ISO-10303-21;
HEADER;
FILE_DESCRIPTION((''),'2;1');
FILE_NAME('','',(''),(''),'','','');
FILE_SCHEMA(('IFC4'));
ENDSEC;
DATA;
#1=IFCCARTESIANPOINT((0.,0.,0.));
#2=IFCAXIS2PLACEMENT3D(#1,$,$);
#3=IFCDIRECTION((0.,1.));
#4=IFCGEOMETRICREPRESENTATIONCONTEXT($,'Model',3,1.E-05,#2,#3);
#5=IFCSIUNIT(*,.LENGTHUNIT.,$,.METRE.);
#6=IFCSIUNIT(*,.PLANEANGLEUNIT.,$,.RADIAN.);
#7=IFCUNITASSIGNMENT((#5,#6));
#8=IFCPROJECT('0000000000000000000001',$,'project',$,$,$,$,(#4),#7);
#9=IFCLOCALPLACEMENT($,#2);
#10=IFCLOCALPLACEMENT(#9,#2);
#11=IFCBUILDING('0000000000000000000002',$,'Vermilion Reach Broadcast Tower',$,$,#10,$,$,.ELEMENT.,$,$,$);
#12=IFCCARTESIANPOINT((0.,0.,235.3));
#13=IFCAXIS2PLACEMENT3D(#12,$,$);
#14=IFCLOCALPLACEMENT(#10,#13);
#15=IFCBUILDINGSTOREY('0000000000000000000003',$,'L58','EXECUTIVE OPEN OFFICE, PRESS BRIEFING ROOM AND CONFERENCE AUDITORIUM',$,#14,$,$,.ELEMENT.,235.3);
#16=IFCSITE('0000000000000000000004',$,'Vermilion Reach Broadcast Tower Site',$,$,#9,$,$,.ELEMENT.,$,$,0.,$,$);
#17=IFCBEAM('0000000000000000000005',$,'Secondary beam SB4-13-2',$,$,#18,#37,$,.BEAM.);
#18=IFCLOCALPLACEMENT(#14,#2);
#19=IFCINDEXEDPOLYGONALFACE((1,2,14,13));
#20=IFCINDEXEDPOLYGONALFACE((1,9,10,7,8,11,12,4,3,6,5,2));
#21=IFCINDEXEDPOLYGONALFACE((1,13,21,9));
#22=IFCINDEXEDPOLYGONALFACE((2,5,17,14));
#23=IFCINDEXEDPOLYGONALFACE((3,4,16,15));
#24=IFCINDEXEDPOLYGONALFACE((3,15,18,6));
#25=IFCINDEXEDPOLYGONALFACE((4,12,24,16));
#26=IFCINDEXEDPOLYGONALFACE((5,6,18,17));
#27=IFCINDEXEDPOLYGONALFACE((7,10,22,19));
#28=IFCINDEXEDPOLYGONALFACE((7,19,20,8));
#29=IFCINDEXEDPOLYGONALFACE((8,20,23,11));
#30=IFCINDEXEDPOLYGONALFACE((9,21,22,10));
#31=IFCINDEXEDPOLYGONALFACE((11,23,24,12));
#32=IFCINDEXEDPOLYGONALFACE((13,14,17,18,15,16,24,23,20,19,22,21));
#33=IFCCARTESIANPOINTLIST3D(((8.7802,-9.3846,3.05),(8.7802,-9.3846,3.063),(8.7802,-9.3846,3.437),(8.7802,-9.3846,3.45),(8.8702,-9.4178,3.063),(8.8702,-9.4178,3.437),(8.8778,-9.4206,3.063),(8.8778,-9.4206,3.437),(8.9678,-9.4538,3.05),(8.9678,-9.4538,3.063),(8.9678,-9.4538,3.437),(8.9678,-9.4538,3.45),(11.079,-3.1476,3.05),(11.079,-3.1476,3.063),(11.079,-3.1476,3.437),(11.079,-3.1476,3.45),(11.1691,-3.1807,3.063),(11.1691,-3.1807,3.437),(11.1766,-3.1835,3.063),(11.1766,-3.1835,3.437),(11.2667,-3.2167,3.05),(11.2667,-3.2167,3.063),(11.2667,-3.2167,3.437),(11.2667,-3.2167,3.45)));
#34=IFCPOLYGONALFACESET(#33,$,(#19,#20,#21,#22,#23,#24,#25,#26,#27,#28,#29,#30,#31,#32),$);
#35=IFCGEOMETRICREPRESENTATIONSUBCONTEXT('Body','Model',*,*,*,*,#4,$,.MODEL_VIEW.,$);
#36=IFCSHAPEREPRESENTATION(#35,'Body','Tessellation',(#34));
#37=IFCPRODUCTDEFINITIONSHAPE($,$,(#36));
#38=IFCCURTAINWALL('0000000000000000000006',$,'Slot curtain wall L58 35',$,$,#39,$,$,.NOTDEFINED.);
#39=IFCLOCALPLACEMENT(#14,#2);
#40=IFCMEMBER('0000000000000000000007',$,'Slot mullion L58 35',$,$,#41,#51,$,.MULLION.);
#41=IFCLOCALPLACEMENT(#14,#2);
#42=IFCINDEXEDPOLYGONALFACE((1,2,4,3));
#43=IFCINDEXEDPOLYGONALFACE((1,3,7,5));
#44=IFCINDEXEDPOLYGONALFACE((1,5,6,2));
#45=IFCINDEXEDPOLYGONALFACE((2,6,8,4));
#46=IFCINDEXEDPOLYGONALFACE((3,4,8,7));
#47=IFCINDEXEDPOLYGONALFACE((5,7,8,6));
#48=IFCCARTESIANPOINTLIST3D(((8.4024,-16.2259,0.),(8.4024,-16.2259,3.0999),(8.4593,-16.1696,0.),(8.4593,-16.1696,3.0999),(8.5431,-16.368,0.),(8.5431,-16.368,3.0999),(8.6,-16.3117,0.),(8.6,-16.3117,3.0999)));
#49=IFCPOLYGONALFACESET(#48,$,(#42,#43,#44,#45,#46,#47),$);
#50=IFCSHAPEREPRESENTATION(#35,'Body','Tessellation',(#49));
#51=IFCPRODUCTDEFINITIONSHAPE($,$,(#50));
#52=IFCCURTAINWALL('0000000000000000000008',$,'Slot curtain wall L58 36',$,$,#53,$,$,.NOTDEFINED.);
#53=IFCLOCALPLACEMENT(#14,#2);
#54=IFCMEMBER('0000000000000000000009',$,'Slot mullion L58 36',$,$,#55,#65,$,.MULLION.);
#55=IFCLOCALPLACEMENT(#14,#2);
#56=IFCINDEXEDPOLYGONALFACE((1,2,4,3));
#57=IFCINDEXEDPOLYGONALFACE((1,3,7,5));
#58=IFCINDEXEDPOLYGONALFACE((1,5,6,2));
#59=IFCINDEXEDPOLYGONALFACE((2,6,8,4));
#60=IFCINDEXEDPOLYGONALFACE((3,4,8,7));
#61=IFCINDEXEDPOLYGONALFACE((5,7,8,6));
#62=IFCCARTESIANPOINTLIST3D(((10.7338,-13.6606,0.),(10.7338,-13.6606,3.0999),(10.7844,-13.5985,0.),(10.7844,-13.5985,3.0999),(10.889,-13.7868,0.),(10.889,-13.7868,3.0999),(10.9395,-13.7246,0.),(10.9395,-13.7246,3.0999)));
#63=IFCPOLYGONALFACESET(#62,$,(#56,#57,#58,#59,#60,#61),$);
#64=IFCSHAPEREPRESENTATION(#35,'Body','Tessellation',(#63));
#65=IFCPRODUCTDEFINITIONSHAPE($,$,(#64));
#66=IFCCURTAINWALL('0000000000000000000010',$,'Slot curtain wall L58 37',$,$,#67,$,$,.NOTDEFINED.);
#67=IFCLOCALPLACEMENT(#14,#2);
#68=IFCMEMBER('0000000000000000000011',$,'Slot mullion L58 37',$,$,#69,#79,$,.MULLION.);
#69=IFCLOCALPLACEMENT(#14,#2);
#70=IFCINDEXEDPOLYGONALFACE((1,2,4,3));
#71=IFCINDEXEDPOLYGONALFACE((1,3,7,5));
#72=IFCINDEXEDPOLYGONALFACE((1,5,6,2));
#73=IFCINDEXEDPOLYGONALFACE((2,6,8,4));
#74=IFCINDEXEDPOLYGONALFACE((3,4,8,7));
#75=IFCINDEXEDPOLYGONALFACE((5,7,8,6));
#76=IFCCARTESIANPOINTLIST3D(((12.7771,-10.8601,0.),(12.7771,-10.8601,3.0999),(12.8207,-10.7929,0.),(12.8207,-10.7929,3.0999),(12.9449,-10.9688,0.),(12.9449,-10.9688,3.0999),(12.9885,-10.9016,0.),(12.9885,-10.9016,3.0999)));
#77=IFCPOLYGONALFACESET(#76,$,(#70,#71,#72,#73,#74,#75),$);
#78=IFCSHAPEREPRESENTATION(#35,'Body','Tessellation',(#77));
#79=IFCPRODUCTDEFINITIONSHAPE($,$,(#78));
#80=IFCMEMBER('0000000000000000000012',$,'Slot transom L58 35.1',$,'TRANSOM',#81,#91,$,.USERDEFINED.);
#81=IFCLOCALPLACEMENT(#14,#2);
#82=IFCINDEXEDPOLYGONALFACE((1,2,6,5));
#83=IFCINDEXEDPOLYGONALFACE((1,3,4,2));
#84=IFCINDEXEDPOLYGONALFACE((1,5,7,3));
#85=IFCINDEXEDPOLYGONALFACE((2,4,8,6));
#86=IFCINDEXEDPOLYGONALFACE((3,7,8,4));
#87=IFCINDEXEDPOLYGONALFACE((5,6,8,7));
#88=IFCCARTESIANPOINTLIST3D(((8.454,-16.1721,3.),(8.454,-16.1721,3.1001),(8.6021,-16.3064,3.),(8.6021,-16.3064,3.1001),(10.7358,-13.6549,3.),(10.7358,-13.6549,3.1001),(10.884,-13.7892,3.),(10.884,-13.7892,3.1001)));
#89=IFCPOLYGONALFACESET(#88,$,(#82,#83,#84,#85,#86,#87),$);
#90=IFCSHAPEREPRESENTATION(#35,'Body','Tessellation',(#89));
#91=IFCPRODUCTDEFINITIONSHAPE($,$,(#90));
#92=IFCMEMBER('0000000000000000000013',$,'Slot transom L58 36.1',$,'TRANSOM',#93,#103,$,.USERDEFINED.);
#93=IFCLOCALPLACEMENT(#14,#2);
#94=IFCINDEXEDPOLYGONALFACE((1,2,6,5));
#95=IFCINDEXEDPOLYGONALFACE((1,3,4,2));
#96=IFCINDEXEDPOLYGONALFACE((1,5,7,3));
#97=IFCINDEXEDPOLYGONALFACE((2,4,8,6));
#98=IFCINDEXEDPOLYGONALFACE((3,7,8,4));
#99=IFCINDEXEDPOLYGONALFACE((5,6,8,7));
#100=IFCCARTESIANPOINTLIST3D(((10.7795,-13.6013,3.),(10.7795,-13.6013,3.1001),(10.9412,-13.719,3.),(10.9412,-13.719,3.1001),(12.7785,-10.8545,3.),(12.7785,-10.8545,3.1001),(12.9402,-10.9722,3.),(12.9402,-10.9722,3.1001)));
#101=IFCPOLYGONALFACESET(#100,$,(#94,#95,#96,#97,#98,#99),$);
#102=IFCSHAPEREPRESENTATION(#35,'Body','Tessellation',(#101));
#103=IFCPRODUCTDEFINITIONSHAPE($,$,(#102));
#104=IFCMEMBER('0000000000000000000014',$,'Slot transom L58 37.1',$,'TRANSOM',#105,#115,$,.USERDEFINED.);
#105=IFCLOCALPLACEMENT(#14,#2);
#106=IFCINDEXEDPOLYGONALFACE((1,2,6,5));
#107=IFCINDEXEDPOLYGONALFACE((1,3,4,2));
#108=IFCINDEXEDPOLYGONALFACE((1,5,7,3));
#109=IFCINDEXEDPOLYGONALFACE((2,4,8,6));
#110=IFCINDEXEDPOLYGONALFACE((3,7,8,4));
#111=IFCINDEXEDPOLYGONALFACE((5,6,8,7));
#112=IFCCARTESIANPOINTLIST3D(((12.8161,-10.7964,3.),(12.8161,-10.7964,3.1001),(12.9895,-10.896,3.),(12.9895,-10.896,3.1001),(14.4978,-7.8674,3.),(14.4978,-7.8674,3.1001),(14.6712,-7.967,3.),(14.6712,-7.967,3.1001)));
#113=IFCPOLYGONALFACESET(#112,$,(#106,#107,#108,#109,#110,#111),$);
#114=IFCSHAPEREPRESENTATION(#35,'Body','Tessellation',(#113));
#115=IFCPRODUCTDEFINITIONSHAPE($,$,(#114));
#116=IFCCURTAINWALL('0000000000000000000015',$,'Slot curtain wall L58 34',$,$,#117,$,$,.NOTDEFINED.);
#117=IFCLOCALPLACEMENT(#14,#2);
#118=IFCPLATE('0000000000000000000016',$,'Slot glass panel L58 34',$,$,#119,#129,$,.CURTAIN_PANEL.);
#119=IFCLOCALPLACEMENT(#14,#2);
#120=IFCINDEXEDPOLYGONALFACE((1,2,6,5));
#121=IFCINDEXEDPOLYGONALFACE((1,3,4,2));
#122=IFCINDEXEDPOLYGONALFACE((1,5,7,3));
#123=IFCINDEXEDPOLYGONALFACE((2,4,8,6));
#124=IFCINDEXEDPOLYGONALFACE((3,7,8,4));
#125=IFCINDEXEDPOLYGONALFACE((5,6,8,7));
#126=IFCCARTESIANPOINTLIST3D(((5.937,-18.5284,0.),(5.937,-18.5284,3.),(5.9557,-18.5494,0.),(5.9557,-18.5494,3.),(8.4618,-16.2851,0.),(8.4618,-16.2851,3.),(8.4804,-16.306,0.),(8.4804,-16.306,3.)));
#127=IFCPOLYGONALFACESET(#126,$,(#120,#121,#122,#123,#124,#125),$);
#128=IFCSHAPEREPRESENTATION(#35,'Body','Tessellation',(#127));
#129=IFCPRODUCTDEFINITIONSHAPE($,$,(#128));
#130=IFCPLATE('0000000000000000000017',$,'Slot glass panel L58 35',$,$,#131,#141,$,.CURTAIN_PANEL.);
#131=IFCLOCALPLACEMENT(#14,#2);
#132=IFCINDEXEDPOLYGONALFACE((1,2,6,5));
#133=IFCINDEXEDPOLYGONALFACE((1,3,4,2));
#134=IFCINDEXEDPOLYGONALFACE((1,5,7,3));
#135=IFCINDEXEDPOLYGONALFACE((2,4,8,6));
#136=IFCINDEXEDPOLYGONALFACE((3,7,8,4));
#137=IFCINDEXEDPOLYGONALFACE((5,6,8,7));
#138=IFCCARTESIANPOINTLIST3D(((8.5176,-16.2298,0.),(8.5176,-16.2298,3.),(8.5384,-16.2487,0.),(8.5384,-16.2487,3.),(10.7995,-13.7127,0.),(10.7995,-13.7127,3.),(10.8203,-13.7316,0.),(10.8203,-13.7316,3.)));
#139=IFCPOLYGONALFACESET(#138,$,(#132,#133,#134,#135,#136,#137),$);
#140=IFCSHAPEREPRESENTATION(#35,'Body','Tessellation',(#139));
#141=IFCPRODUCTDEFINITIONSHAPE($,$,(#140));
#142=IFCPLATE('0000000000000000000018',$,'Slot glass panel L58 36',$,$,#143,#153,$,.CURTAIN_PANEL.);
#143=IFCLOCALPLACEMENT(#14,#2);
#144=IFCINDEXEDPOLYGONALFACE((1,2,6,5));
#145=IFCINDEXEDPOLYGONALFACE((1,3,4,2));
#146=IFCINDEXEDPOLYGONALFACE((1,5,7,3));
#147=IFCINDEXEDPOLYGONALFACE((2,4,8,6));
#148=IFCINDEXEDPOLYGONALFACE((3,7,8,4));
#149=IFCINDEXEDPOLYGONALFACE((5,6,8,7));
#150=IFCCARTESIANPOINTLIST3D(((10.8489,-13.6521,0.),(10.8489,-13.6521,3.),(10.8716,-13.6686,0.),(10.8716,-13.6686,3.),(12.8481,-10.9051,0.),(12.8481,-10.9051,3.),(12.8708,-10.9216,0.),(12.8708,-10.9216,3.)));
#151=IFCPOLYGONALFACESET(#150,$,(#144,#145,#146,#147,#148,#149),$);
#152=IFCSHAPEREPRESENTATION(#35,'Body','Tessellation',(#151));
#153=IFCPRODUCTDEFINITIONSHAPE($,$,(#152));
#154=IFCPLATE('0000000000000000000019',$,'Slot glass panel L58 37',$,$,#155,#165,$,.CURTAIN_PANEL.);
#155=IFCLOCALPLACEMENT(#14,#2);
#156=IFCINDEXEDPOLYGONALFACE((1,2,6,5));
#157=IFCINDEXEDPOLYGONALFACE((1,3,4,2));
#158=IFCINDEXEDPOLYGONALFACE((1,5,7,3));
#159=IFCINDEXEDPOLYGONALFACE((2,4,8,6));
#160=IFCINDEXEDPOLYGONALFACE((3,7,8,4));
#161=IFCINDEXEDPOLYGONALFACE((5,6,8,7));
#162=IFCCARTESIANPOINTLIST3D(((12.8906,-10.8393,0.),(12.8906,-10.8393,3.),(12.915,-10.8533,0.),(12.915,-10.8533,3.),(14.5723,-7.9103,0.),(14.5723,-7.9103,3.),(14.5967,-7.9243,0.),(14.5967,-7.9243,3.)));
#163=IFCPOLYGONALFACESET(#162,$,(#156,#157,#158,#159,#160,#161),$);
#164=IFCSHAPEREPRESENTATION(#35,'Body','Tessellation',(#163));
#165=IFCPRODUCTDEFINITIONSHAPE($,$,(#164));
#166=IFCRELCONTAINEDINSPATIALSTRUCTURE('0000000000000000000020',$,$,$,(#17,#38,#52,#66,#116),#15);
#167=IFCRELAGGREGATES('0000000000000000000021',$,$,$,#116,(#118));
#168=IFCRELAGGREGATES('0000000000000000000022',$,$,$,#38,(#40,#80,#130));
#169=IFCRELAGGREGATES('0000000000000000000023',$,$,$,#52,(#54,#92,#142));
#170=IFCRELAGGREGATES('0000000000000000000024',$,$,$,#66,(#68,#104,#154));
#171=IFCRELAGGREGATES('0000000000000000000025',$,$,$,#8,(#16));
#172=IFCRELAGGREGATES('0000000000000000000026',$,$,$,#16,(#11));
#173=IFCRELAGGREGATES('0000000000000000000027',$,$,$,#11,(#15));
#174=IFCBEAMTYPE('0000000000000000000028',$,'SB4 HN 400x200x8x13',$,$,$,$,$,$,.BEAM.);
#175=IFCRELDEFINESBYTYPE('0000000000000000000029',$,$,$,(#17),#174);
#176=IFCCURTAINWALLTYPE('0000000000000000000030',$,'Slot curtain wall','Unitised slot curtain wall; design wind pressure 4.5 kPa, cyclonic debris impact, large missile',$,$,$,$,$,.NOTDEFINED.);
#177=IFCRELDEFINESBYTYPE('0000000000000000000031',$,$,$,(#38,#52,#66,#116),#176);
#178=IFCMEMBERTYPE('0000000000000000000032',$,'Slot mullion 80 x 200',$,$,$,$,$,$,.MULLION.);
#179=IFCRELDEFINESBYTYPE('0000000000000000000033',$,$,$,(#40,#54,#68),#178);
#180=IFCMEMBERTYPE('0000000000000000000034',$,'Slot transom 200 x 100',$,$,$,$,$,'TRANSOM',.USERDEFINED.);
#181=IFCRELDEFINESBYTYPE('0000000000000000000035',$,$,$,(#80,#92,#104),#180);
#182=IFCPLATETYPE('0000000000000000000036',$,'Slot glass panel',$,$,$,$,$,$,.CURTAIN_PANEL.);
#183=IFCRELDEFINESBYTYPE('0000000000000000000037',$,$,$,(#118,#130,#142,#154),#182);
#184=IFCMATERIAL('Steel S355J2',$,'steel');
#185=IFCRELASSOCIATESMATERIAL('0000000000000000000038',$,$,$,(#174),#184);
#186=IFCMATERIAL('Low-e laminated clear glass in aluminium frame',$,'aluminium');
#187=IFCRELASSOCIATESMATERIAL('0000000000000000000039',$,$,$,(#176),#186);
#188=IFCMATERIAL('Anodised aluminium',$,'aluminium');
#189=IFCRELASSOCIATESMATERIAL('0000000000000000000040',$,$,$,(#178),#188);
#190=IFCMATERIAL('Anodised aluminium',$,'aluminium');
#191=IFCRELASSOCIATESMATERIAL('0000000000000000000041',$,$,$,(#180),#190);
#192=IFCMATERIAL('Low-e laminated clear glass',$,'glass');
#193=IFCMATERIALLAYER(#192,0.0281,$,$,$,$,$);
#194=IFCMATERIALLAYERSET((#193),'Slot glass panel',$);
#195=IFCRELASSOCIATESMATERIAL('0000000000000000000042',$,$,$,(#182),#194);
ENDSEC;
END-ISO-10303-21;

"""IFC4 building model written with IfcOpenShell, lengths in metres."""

from ifc_helpers import new_model, si_unit, direction, frame, origin, origin_2d, place, context, subcontext, project, spatial, rectangle, i_section, extrude, material, layer, layer_set, material_profile, profile_set, type_object, element, aggregate, save


model = new_model("IFC4")

# Units and contexts
model_context = context("Model", 3, precision=1e-05, world=origin(), true_north=direction((0.0, 1.0)))
body_context = subcontext(model_context, "Body", "Model", "MODEL_VIEW")
ifc_project = project(units=[si_unit("LENGTHUNIT", "METRE"), si_unit("PLANEANGLEUNIT", "RADIAN")], contexts=[model_context])

# Site, building, storey
site_placement = place(None, origin())
site = spatial("IfcSite", under=ifc_project, at=site_placement, Name="Vermilion Reach Broadcast Tower Site", CompositionType="ELEMENT", RefElevation=0.0)
building_placement = place(site_placement, origin())
building = spatial("IfcBuilding", under=site, at=building_placement, Name="Vermilion Reach Broadcast Tower", CompositionType="ELEMENT")
storey_placement = place(building_placement, frame((0.0, 0.0, 235.3)))
storey = spatial("IfcBuildingStorey", under=building, at=storey_placement, Name="L58", Description="EXECUTIVE OPEN OFFICE, PRESS BRIEFING ROOM AND CONFERENCE AUDITORIUM", CompositionType="ELEMENT", Elevation=235.3)

# Beam
ifc_material_1 = material(Name="Steel S355J2", Category="steel")
ifc_material_profile_1 = material_profile(ifc_material_1, i_section(OverallWidth=0.2, OverallDepth=0.3999, WebThickness=0.0081, FlangeThickness=0.0129, at=origin_2d()), Name="S355J2 HN 400x200x8x13")
ifc_profile_set_1 = profile_set([ifc_material_profile_1], Name="Steel S355J2")
beam_type_1 = type_object("IfcBeamType", Name="SB4 HN 400x200x8x13", PredefinedType="BEAM", material=ifc_profile_set_1)
beam_1_placement = place(storey_placement, frame((8.874, -9.4192, 3.25), z_axis=(0.345833, 0.938296, 0.0), x_axis=(-0.938296, 0.345833, 0.0)))
element("IfcBeam", 1, at=beam_1_placement, inside=storey, type_object=beam_type_1, Name="Secondary beam SB4-13-2", PredefinedType="BEAM", context=body_context, shape_type="SweptSolid", body=[
    extrude(i_section(OverallWidth=0.2, OverallDepth=0.3999, WebThickness=0.0081, FlangeThickness=0.0129, at=origin_2d()), origin(), (0.0, 0.0, 1.0), 6.6472),
])

# Curtain walls, members
ifc_material_2 = material(Name="Low-e laminated clear glass in aluminium frame", Category="aluminium")
curtain_wall_type = type_object("IfcCurtainWallType", Name="Slot curtain wall", Description="Unitised slot curtain wall; design wind pressure 4.5 kPa, cyclonic debris impact, large missile", PredefinedType="NOTDEFINED", material=ifc_material_2)
placement = place(storey_placement, origin())
curtain_wall_1 = element("IfcCurtainWall", 2, at=placement, inside=storey, type_object=curtain_wall_type, Name="Slot curtain wall L58 35", PredefinedType="NOTDEFINED")
ifc_material_3 = material(Name="Anodised aluminium", Category="aluminium")
ifc_material_profile_2 = material_profile(ifc_material_3, rectangle(XDim=0.2, YDim=0.0801, at=origin_2d()), Name="Slot mullion 80 x 200")
ifc_profile_set_2 = profile_set([ifc_material_profile_2], Name="Anodised aluminium")
member_type_1 = type_object("IfcMemberType", Name="Slot mullion 80 x 200", PredefinedType="MULLION", material=ifc_profile_set_2)
member_1_placement = place(storey_placement, frame((8.5012, -16.2688, 0.0), z_axis=(0.0, 0.0, 1.0), x_axis=(-0.703569, 0.710627, 0.0)))
member_1 = element("IfcMember", 3, at=member_1_placement, type_object=member_type_1, Name="Slot mullion L58 35", PredefinedType="MULLION", context=body_context, shape_type="SweptSolid", body=[
    extrude(rectangle(XDim=0.2, YDim=0.0801, at=origin_2d()), origin(), (0.0, 0.0, 1.0), 3.0999),
])
curtain_wall_2 = element("IfcCurtainWall", 4, at=placement, inside=storey, type_object=curtain_wall_type, Name="Slot curtain wall L58 36", PredefinedType="NOTDEFINED")
member_2_placement = place(storey_placement, frame((10.8367, -13.6926, 0.0), z_axis=(0.0, 0.0, 1.0), x_axis=(-0.775826, 0.630947, 0.0)))
member_2 = element("IfcMember", 5, at=member_2_placement, type_object=member_type_1, Name="Slot mullion L58 36", PredefinedType="MULLION", context=body_context, shape_type="SweptSolid", body=[
    extrude(rectangle(XDim=0.2, YDim=0.0801, at=origin_2d()), origin(), (0.0, 0.0, 1.0), 3.0999),
])
curtain_wall_3 = element("IfcCurtainWall", 6, at=placement, inside=storey, type_object=curtain_wall_type, Name="Slot curtain wall L58 37", PredefinedType="NOTDEFINED")
member_3_placement = place(storey_placement, frame((12.8828, -10.8809, 0.0), z_axis=(0.0, 0.0, 1.0), x_axis=(-0.839107, 0.543967, 0.0)))
member_3 = element("IfcMember", 7, at=member_3_placement, type_object=member_type_1, Name="Slot mullion L58 37", PredefinedType="MULLION", context=body_context, shape_type="SweptSolid", body=[
    extrude(rectangle(XDim=0.2, YDim=0.0801, at=origin_2d()), origin(), (0.0, 0.0, 1.0), 3.0999),
])

# Members
ifc_material_4 = material(Name="Anodised aluminium", Category="aluminium")
ifc_material_profile_3 = material_profile(ifc_material_4, rectangle(XDim=0.2, YDim=0.1001, at=origin_2d()), Name="Slot transom 200 x 100")
ifc_profile_set_3 = profile_set([ifc_material_profile_3], Name="Anodised aluminium")
member_type_2 = type_object("IfcMemberType", Name="Slot transom 200 x 100", ElementType="TRANSOM", PredefinedType="USERDEFINED", material=ifc_profile_set_3)
member_4_placement = place(storey_placement, frame((8.5281, -16.2393, 3.05), z_axis=(0.671621, 0.740895, 0.0), x_axis=(-0.740895, 0.671621, 0.0)))
member_4 = element("IfcMember", 8, at=member_4_placement, type_object=member_type_2, Name="Slot transom L58 35.1", ObjectType="TRANSOM", PredefinedType="USERDEFINED", context=body_context, shape_type="SweptSolid", body=[
    extrude(rectangle(XDim=0.2, YDim=0.1001, at=origin_2d()), origin(), (0.0, 0.0, 1.0), 3.3975),
])
member_5_placement = place(storey_placement, frame((10.8604, -13.6602, 3.05), z_axis=(0.588428, 0.80855, 0.0), x_axis=(-0.80855, 0.588428, 0.0)))
member_5 = element("IfcMember", 9, at=member_5_placement, type_object=member_type_2, Name="Slot transom L58 36.1", ObjectType="TRANSOM", PredefinedType="USERDEFINED", context=body_context, shape_type="SweptSolid", body=[
    extrude(rectangle(XDim=0.2, YDim=0.1001, at=origin_2d()), origin(), (0.0, 0.0, 1.0), 3.3972),
])
member_6_placement = place(storey_placement, frame((12.9028, -10.8462, 3.05), z_axis=(0.497913, 0.867227, 0.0), x_axis=(-0.867227, 0.497913, 0.0)))
member_6 = element("IfcMember", 10, at=member_6_placement, type_object=member_type_2, Name="Slot transom L58 37.1", ObjectType="TRANSOM", PredefinedType="USERDEFINED", context=body_context, shape_type="SweptSolid", body=[
    extrude(rectangle(XDim=0.2, YDim=0.1001, at=origin_2d()), origin(), (0.0, 0.0, 1.0), 3.3774),
])

# Curtain wall, plate
curtain_wall_4 = element("IfcCurtainWall", 11, at=placement, inside=storey, type_object=curtain_wall_type, Name="Slot curtain wall L58 34", PredefinedType="NOTDEFINED")
ifc_material_5 = material(Name="Low-e laminated clear glass", Category="glass")
ifc_layer_1 = layer(ifc_material_5, 0.0281)
ifc_layer_set_1 = layer_set([ifc_layer_1], Name="Slot glass panel")
plate_type = type_object("IfcPlateType", Name="Slot glass panel", PredefinedType="CURTAIN_PANEL", material=ifc_layer_set_1)
plate_1_placement = place(storey_placement, frame((7.2087, -17.4172, 0.0), z_axis=(0.0, 0.0, 1.0), x_axis=(0.747538, 0.664219, 0.0)))
plate_1 = element("IfcPlate", 12, at=plate_1_placement, type_object=plate_type, Name="Slot glass panel L58 34", PredefinedType="CURTAIN_PANEL", context=body_context, shape_type="SweptSolid", body=[
    extrude(rectangle(XDim=3.3774, YDim=0.0281, at=origin_2d()), origin(), (0.0, 0.0, 1.0), 3.0),
])
aggregate(curtain_wall_4, [plate_1])

# Plates
plate_2_placement = place(storey_placement, frame((9.6689, -14.9807, 0.0), z_axis=(0.0, 0.0, 1.0), x_axis=(0.671647, 0.740871, 0.0)))
plate_2 = element("IfcPlate", 13, at=plate_2_placement, type_object=plate_type, Name="Slot glass panel L58 35", PredefinedType="CURTAIN_PANEL", context=body_context, shape_type="SweptSolid", body=[
    extrude(rectangle(XDim=3.3975, YDim=0.0281, at=origin_2d()), origin(), (0.0, 0.0, 1.0), 3.0),
])
aggregate(curtain_wall_1, [member_1, member_4, plate_2])
plate_3_placement = place(storey_placement, frame((11.8599, -12.2869, 0.0), z_axis=(0.0, 0.0, 1.0), x_axis=(0.58843, 0.808548, 0.0)))
plate_3 = element("IfcPlate", 14, at=plate_3_placement, type_object=plate_type, Name="Slot glass panel L58 36", PredefinedType="CURTAIN_PANEL", context=body_context, shape_type="SweptSolid", body=[
    extrude(rectangle(XDim=3.3975, YDim=0.0281, at=origin_2d()), origin(), (0.0, 0.0, 1.0), 3.0),
])
aggregate(curtain_wall_2, [member_2, member_5, plate_3])
plate_4_placement = place(storey_placement, frame((13.7437, -9.3818, 0.0), z_axis=(0.0, 0.0, 1.0), x_axis=(0.49792, 0.867223, 0.0)))
plate_4 = element("IfcPlate", 15, at=plate_4_placement, type_object=plate_type, Name="Slot glass panel L58 37", PredefinedType="CURTAIN_PANEL", context=body_context, shape_type="SweptSolid", body=[
    extrude(rectangle(XDim=3.3774, YDim=0.0281, at=origin_2d()), origin(), (0.0, 0.0, 1.0), 3.0),
])
aggregate(curtain_wall_3, [member_3, member_6, plate_4])

save(model, "model.ifc")
